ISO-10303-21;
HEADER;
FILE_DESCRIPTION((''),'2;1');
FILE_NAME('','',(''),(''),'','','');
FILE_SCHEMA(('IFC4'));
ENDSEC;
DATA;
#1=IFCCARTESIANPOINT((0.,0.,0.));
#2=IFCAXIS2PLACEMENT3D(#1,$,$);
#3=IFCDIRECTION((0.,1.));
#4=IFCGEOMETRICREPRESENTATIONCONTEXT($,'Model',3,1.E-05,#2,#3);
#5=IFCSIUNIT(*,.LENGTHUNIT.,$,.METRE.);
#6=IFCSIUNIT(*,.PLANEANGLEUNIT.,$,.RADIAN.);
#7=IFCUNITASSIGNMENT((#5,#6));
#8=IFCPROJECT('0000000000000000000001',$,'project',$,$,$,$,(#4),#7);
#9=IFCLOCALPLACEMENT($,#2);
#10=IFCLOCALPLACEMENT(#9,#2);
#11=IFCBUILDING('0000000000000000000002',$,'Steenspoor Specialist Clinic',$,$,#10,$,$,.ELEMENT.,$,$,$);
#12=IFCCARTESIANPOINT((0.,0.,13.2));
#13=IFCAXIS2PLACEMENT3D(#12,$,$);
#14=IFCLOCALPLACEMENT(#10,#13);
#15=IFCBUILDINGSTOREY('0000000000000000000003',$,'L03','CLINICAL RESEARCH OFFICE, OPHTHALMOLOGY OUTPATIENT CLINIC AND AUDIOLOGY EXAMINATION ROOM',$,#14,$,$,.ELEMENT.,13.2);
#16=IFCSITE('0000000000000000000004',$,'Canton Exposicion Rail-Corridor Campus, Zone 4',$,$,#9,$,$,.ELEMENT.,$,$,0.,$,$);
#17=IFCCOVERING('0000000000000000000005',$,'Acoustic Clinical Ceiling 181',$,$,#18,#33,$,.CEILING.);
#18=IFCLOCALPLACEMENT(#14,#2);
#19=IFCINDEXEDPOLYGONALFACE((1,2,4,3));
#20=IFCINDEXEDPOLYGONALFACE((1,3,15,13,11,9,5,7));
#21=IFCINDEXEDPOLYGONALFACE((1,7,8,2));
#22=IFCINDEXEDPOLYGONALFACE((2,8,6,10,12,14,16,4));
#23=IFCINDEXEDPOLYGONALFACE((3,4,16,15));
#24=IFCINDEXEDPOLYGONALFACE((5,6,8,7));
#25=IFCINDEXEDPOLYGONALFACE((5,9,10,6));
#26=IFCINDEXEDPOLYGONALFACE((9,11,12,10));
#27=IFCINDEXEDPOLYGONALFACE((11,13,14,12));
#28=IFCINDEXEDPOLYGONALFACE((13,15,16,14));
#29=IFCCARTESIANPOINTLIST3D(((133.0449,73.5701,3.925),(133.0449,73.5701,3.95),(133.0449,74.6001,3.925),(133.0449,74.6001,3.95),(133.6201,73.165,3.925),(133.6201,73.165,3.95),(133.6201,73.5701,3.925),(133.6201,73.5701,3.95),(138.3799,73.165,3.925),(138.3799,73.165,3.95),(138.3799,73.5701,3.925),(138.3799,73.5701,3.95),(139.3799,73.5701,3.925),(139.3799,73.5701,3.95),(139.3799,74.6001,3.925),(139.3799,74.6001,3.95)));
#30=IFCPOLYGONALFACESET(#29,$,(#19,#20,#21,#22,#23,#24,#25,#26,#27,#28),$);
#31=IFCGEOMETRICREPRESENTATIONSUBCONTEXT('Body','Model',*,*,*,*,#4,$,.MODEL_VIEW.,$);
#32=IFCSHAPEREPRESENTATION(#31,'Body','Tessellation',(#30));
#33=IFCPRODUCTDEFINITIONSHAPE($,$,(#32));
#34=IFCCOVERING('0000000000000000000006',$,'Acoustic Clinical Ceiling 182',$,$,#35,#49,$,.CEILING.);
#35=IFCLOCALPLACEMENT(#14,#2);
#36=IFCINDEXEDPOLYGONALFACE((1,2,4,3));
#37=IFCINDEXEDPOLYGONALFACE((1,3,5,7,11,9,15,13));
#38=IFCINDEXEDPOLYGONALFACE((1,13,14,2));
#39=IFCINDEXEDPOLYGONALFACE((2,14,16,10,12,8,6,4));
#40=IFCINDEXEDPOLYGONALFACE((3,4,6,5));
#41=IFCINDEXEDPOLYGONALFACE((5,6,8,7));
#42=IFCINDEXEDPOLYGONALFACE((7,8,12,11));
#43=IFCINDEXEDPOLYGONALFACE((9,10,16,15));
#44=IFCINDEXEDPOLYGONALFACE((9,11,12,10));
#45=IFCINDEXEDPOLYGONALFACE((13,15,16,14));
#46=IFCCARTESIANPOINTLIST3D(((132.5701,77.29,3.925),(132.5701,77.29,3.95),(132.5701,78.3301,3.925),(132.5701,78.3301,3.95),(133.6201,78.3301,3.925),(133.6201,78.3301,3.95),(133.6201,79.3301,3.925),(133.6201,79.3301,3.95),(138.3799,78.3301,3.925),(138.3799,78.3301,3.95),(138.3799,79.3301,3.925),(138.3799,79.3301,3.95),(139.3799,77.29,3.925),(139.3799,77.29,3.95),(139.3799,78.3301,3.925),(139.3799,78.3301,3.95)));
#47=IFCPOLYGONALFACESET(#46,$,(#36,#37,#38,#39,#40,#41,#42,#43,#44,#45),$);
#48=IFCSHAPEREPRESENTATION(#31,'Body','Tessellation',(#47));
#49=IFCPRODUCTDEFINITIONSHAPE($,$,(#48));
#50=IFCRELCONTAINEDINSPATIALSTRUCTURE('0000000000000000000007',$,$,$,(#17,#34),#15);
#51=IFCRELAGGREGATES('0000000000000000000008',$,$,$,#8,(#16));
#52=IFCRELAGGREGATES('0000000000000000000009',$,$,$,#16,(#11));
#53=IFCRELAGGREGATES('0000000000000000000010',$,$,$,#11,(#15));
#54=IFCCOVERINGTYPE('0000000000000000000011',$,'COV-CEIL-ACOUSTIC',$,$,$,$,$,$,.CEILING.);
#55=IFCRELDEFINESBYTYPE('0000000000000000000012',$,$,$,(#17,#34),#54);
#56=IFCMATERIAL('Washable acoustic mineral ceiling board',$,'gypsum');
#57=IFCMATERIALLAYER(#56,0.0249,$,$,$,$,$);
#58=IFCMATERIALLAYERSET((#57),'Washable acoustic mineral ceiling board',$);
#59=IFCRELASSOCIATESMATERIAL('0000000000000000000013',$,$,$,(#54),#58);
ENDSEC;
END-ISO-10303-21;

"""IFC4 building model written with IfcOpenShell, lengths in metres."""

from ifc_helpers import new_model, si_unit, direction, frame, origin, place, context, subcontext, project, spatial, polyline, outline, extrude, material, layer, layer_set, type_object, element, save


model = new_model("IFC4")

# Units and contexts
model_context = context("Model", 3, precision=1e-05, world=origin(), true_north=direction((0.0, 1.0)))
body_context = subcontext(model_context, "Body", "Model", "MODEL_VIEW")
ifc_project = project(units=[si_unit("LENGTHUNIT", "METRE"), si_unit("PLANEANGLEUNIT", "RADIAN")], contexts=[model_context])

# Site, building, storey
site_placement = place(None, origin())
site = spatial("IfcSite", under=ifc_project, at=site_placement, Name="Canton Exposicion Rail-Corridor Campus, Zone 4", CompositionType="ELEMENT", RefElevation=0.0)
building_placement = place(site_placement, origin())
building = spatial("IfcBuilding", under=site, at=building_placement, Name="Steenspoor Specialist Clinic", CompositionType="ELEMENT")
storey_placement = place(building_placement, frame((0.0, 0.0, 13.2)))
storey = spatial("IfcBuildingStorey", under=building, at=storey_placement, Name="L03", Description="CLINICAL RESEARCH OFFICE, OPHTHALMOLOGY OUTPATIENT CLINIC AND AUDIOLOGY EXAMINATION ROOM", CompositionType="ELEMENT", Elevation=13.2)

# Coverings
ifc_material = material(Name="Washable acoustic mineral ceiling board", Category="gypsum")
ifc_layer = layer(ifc_material, 0.0249)
ifc_layer_set = layer_set([ifc_layer], Name="Washable acoustic mineral ceiling board")
covering_type = type_object("IfcCoveringType", Name="COV-CEIL-ACOUSTIC", PredefinedType="CEILING", material=ifc_layer_set)
covering_1_placement = place(storey_placement, frame((0.0, 0.0, 3.925)))
element("IfcCovering", 1, at=covering_1_placement, inside=storey, type_object=covering_type, Name="Acoustic Clinical Ceiling 181", PredefinedType="CEILING", context=body_context, shape_type="SweptSolid", body=[
    extrude(outline(polyline([(133.6201, 73.165), (133.6201, 73.5701), (133.0449, 73.5701), (133.0449, 74.6001), (139.3799, 74.6001), (139.3799, 73.5701), (138.3799, 73.5701), (138.3799, 73.165), (133.6201, 73.165)])), origin(), (0.0, 0.0, 1.0), 0.0249),
])
covering_2_placement = place(storey_placement, frame((0.0, 0.0, 3.925)))
element("IfcCovering", 2, at=covering_2_placement, inside=storey, type_object=covering_type, Name="Acoustic Clinical Ceiling 182", PredefinedType="CEILING", context=body_context, shape_type="SweptSolid", body=[
    extrude(outline(polyline([(132.5701, 77.29), (132.5701, 78.3301), (133.6201, 78.3301), (133.6201, 79.3301), (138.3799, 79.3301), (138.3799, 78.3301), (139.3799, 78.3301), (139.3799, 77.29), (132.5701, 77.29)])), origin(), (0.0, 0.0, 1.0), 0.0249),
])

save(model, "model.ifc")
